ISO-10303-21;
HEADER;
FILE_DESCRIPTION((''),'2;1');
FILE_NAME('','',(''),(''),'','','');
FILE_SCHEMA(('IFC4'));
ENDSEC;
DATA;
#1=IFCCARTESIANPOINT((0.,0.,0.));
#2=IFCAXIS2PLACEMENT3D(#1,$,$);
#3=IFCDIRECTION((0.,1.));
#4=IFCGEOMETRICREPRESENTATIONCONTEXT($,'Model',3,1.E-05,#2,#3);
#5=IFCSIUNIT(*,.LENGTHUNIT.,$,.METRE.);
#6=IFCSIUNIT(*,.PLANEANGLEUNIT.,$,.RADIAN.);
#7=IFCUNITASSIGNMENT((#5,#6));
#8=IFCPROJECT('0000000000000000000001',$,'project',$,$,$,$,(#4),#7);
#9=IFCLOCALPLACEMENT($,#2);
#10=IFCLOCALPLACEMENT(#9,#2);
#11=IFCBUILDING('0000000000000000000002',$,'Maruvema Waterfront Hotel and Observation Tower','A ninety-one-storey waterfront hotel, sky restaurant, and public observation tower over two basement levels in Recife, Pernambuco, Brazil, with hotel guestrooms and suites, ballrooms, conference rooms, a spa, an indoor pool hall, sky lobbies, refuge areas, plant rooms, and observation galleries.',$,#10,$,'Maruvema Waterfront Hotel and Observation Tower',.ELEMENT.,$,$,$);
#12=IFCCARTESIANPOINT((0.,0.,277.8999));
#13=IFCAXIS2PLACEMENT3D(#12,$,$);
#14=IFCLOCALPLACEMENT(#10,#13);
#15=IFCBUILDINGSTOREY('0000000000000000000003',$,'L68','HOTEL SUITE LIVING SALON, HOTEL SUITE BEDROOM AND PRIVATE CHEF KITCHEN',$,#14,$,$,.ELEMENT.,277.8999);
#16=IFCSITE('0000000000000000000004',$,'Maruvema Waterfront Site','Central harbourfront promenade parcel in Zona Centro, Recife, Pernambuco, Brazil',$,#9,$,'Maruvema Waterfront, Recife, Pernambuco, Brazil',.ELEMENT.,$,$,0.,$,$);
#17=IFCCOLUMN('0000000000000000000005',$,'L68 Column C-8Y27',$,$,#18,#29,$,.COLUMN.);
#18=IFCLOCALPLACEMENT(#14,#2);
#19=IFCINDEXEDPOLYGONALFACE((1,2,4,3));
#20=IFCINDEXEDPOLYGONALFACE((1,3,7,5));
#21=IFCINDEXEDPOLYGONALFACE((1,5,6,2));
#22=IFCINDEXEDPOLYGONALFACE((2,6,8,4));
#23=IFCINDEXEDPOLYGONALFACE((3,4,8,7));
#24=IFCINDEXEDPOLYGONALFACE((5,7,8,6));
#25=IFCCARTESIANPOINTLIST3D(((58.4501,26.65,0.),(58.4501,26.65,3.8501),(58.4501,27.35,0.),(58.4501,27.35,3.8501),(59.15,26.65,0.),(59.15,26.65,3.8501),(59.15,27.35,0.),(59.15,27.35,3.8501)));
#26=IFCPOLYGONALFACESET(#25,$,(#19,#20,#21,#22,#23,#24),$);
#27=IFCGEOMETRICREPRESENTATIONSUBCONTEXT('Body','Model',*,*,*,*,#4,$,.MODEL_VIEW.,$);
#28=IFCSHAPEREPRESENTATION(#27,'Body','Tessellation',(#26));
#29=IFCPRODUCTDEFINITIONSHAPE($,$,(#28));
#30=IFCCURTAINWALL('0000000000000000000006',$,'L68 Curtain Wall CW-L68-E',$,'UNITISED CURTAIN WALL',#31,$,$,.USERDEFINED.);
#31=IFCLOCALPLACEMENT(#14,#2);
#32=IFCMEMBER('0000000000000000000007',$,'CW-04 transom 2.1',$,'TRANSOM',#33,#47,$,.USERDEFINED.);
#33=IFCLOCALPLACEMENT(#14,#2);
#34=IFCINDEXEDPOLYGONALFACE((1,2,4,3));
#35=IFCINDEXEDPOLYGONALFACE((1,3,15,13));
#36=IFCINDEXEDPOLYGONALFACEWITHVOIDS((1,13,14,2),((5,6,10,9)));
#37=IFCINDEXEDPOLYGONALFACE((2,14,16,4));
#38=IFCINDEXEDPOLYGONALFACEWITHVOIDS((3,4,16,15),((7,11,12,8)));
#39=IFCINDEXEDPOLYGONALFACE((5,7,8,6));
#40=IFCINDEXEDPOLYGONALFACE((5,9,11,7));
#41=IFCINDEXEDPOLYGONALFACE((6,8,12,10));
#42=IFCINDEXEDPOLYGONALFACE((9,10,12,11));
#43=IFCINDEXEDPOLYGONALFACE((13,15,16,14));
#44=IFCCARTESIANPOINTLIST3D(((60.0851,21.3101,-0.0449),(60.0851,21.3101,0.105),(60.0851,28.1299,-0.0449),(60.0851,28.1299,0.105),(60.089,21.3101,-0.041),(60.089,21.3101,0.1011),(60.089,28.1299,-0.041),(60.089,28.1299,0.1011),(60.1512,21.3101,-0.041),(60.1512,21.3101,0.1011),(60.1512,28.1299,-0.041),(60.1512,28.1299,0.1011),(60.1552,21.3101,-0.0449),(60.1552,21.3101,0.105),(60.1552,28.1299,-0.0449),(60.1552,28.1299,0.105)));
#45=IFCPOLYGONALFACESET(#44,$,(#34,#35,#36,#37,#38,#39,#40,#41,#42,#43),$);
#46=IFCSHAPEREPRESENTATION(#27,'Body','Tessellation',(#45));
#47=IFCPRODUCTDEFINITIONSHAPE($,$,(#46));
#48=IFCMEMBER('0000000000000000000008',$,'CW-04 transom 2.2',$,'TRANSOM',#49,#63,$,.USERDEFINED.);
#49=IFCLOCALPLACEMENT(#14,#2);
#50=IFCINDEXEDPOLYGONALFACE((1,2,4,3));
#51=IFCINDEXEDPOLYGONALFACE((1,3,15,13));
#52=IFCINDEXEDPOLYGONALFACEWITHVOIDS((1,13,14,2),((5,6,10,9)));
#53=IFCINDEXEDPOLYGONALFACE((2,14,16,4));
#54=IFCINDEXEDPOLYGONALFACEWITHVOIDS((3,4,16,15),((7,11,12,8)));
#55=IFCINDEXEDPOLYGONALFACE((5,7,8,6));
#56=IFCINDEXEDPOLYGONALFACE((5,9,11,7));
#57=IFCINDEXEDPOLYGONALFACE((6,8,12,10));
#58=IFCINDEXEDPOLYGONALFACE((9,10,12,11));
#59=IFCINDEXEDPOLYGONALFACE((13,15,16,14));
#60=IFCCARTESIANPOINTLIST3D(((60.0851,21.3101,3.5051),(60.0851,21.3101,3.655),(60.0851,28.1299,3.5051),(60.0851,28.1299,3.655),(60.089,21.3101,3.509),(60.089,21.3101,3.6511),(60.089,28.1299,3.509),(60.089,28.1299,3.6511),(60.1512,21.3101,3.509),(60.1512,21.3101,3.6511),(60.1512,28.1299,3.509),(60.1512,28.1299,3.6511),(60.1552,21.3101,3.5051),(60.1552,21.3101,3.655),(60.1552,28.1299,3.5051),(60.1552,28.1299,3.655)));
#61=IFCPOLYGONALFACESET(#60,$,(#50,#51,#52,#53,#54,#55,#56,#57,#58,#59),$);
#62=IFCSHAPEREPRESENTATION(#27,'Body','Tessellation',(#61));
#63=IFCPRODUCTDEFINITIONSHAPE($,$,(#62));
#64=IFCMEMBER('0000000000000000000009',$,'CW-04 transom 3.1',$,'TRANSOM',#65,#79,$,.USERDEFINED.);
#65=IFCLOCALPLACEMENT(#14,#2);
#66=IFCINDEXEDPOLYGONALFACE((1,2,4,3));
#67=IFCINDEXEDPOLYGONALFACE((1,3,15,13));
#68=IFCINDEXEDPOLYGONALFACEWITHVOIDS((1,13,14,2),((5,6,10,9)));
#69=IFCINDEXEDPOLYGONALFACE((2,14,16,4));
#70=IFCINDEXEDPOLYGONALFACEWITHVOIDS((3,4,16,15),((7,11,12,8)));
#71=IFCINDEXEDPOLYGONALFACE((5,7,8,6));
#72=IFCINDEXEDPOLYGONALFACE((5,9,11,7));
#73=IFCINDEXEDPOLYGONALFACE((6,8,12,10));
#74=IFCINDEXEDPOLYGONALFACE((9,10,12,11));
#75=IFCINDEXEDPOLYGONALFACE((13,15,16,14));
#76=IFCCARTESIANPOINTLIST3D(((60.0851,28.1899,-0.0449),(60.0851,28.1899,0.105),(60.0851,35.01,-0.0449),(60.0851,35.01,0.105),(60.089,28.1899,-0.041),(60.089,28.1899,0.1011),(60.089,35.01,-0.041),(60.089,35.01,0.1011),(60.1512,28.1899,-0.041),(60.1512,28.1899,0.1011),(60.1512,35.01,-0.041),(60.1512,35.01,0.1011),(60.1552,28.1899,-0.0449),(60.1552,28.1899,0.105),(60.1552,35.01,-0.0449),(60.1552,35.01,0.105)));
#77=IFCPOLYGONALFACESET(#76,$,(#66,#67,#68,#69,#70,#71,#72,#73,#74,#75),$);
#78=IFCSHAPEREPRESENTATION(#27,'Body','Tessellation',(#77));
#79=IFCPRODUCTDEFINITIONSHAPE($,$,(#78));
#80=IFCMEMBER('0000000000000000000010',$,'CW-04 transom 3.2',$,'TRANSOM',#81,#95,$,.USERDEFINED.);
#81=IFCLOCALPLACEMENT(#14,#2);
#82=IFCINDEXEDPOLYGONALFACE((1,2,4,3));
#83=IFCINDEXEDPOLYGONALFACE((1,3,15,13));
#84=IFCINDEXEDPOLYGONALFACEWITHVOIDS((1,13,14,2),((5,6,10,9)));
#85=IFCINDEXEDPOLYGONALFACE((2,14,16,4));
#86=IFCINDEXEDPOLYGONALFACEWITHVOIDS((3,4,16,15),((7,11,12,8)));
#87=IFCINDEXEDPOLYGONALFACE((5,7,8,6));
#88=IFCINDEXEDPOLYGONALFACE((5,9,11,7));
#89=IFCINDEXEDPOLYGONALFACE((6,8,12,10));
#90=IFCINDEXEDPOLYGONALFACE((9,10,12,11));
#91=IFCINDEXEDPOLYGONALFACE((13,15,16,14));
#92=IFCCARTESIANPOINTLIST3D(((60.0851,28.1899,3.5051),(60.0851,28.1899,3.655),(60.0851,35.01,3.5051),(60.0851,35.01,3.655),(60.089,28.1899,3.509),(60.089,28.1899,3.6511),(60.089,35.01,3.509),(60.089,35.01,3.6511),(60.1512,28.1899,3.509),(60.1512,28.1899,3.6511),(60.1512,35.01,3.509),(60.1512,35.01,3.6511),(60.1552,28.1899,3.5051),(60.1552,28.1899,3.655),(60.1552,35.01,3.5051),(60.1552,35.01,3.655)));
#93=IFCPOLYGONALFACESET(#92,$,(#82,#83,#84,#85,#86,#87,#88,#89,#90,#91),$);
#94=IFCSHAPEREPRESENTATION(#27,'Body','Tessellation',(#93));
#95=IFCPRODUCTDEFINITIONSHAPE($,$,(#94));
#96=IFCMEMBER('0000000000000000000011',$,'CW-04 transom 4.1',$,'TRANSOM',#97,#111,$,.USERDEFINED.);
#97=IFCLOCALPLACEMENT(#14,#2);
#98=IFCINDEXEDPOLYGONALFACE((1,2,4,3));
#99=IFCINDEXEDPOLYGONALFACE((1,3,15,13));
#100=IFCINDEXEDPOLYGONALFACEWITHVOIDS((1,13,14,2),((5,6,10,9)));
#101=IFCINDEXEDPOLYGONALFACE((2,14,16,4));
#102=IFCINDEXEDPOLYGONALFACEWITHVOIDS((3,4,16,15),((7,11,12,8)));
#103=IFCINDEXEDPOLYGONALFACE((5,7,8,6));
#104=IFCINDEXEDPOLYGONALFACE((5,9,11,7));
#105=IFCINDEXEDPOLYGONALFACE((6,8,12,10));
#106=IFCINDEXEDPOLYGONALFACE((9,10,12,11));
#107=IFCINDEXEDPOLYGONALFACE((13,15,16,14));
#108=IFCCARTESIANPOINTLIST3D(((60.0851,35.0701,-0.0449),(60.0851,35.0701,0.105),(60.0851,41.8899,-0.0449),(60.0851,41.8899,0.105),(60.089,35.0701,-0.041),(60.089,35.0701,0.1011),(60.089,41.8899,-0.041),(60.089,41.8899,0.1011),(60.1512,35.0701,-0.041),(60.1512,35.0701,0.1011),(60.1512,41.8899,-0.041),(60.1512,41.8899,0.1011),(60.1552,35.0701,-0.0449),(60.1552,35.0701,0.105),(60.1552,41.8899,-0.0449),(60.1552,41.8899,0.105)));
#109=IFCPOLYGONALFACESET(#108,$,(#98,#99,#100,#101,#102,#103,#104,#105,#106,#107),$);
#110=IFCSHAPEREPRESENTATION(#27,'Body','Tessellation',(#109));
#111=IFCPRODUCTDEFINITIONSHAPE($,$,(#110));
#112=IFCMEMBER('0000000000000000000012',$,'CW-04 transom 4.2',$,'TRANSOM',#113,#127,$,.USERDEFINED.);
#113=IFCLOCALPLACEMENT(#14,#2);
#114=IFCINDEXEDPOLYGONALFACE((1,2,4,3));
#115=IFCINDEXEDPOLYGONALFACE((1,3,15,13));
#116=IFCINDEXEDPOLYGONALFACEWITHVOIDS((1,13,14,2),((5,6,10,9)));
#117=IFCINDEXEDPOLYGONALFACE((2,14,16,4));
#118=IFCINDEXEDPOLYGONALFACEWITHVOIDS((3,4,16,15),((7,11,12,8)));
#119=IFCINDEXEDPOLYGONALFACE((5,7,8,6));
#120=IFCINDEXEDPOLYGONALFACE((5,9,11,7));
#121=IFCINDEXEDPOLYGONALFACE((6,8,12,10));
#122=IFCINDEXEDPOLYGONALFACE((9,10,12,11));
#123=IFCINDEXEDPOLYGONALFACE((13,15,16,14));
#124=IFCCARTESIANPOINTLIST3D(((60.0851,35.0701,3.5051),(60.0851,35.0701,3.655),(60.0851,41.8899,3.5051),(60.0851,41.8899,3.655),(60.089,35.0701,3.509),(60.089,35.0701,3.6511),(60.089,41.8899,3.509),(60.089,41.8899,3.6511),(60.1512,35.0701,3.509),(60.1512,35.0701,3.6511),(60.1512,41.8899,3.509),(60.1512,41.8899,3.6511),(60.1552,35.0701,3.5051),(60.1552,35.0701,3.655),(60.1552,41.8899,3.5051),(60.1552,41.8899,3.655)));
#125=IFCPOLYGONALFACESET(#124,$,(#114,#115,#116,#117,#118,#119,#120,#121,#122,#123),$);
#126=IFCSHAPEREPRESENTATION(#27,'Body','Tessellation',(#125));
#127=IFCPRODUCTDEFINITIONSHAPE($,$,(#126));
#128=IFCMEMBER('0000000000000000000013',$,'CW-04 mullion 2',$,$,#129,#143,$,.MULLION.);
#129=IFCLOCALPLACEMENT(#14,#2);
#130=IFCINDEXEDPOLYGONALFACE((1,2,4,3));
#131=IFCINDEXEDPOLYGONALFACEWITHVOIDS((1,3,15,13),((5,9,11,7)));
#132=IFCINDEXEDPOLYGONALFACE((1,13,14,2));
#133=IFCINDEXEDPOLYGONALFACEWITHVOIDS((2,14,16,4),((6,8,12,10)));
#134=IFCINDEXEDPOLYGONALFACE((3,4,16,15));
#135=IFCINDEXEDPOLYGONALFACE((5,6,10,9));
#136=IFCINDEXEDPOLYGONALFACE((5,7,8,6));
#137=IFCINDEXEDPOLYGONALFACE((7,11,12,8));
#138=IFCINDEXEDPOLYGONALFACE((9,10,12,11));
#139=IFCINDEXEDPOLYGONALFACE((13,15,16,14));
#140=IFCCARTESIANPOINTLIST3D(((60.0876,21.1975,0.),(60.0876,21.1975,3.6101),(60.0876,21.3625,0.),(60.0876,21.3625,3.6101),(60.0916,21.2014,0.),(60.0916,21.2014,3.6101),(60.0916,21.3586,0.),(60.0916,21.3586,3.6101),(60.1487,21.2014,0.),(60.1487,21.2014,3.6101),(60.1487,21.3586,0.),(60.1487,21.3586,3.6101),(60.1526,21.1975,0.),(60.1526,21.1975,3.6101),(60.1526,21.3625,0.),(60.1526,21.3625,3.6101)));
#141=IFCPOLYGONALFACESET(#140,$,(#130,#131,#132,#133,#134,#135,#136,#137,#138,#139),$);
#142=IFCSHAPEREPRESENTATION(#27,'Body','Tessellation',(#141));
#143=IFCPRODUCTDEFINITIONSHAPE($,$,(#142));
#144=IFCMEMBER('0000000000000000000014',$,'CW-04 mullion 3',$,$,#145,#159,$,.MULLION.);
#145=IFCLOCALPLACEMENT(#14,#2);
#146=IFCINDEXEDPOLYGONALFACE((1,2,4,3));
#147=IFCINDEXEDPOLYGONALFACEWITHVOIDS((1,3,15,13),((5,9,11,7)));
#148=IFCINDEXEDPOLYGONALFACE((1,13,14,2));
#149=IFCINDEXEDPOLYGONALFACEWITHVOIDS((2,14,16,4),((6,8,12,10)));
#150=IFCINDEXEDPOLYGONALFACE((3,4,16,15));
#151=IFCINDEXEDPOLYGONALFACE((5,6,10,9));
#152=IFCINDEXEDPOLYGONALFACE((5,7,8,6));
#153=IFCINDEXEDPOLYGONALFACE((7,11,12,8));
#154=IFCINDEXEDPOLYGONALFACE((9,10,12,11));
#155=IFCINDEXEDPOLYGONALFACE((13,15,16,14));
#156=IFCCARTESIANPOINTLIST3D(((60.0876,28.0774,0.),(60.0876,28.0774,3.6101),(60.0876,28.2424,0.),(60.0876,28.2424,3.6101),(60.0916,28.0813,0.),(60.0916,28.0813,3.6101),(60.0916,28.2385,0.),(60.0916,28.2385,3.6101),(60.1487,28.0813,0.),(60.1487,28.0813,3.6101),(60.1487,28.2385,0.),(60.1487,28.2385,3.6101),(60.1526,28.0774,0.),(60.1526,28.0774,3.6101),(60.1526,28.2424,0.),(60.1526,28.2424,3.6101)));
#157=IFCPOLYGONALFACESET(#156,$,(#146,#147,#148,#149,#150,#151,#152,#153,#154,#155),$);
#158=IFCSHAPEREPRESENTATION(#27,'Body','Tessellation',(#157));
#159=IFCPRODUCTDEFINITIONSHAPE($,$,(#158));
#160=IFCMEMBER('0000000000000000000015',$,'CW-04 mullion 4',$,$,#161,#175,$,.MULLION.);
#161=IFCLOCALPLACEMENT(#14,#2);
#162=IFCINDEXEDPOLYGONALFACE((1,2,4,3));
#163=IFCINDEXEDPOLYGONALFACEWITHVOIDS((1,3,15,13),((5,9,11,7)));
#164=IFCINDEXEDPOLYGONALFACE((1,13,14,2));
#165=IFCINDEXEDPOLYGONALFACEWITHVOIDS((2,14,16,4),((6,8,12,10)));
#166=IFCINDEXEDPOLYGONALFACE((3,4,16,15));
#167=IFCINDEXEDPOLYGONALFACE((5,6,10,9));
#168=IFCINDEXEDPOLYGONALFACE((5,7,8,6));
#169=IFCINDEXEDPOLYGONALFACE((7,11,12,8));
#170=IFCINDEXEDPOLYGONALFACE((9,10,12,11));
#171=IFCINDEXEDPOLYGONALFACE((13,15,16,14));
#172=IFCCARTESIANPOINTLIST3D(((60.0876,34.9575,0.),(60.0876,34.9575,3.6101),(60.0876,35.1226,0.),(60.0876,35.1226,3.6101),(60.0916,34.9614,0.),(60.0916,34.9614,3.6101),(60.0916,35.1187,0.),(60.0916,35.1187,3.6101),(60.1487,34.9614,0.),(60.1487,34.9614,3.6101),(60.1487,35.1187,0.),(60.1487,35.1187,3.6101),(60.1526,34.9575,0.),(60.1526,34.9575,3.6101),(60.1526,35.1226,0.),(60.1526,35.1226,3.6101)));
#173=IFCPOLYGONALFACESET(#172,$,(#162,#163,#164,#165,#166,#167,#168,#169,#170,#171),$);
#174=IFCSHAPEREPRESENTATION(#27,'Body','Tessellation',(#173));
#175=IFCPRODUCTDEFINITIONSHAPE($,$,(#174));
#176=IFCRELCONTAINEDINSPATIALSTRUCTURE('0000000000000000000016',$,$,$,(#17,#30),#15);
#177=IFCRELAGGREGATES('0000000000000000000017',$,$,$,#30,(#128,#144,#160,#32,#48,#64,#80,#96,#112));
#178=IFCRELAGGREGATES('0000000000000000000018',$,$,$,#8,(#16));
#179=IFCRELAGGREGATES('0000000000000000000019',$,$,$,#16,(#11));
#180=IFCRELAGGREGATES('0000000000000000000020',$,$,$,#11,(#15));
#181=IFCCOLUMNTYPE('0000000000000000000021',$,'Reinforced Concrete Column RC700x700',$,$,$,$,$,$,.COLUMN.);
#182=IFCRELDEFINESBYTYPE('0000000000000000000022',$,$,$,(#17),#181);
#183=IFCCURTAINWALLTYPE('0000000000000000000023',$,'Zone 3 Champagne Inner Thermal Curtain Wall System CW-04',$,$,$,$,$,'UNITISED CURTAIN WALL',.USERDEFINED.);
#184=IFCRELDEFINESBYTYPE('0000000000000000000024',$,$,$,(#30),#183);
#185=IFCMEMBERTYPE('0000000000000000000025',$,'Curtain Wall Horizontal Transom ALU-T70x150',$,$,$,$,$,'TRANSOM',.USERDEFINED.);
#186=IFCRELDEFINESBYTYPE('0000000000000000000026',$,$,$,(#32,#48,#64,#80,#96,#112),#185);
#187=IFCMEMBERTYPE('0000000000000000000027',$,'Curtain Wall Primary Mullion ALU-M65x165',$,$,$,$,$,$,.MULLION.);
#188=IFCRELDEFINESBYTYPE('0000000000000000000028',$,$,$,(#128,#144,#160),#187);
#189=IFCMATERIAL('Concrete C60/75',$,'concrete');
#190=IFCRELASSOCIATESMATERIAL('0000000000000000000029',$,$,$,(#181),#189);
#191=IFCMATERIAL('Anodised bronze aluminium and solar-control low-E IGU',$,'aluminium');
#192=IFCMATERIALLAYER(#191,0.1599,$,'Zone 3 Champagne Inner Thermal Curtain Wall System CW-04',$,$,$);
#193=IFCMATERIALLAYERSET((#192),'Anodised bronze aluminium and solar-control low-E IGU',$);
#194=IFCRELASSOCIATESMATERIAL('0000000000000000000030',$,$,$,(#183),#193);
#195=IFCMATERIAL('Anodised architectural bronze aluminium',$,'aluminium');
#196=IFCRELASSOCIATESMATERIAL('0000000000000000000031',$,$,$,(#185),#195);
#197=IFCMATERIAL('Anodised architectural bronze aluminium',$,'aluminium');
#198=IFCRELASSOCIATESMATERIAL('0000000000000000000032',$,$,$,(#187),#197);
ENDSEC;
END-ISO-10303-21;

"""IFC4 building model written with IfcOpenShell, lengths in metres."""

from ifc_helpers import new_model, si_unit, direction, frame, origin, origin_2d, place, context, subcontext, project, spatial, rectangle, hollow_rectangle, extrude, material, layer, layer_set, material_profile, profile_set, type_object, element, aggregate, save


model = new_model("IFC4")

# Units and contexts
model_context = context("Model", 3, precision=1e-05, world=origin(), true_north=direction((0.0, 1.0)))
body_context = subcontext(model_context, "Body", "Model", "MODEL_VIEW")
ifc_project = project(units=[si_unit("LENGTHUNIT", "METRE"), si_unit("PLANEANGLEUNIT", "RADIAN")], contexts=[model_context])

# Site, building, storey
site_placement = place(None, origin())
site = spatial("IfcSite", under=ifc_project, at=site_placement, Name="Maruvema Waterfront Site", Description="Central harbourfront promenade parcel in Zona Centro, Recife, Pernambuco, Brazil", LongName="Maruvema Waterfront, Recife, Pernambuco, Brazil", CompositionType="ELEMENT", RefElevation=0.0)
building_placement = place(site_placement, origin())
building = spatial("IfcBuilding", under=site, at=building_placement, Name="Maruvema Waterfront Hotel and Observation Tower", Description="A ninety-one-storey waterfront hotel, sky restaurant, and public observation tower over two basement levels in Recife, Pernambuco, Brazil, with hotel guestrooms and suites, ballrooms, conference rooms, a spa, an indoor pool hall, sky lobbies, refuge areas, plant rooms, and observation galleries.", LongName="Maruvema Waterfront Hotel and Observation Tower", CompositionType="ELEMENT")
storey_placement = place(building_placement, frame((0.0, 0.0, 277.8999)))
storey = spatial("IfcBuildingStorey", under=building, at=storey_placement, Name="L68", Description="HOTEL SUITE LIVING SALON, HOTEL SUITE BEDROOM AND PRIVATE CHEF KITCHEN", CompositionType="ELEMENT", Elevation=277.8999)

# Column
ifc_material_1 = material(Name="Concrete C60/75", Category="concrete")
ifc_material_profile_1 = material_profile(ifc_material_1, rectangle(XDim=0.7, YDim=0.7, at=origin_2d()), Name="RC700x700")
ifc_profile_set_1 = profile_set([ifc_material_profile_1], Name="Concrete C60/75")
column_type = type_object("IfcColumnType", Name="Reinforced Concrete Column RC700x700", PredefinedType="COLUMN", material=ifc_profile_set_1)
column_placement = place(storey_placement, frame((58.8, 27.0, 0.0), z_axis=(0.0, 0.0, 1.0), x_axis=(1.0, 0.0, 0.0)))
element("IfcColumn", 1, at=column_placement, inside=storey, type_object=column_type, Name="L68 Column C-8Y27", PredefinedType="COLUMN", context=body_context, shape_type="SweptSolid", body=[
    extrude(rectangle(XDim=0.7, YDim=0.7, at=origin_2d()), origin(), (0.0, 0.0, 1.0), 3.8501),
])

# Curtain wall, members
ifc_material_2 = material(Name="Anodised bronze aluminium and solar-control low-E IGU", Category="aluminium")
ifc_layer_1 = layer(ifc_material_2, 0.1599, Name="Zone 3 Champagne Inner Thermal Curtain Wall System CW-04")
ifc_layer_set_1 = layer_set([ifc_layer_1], Name="Anodised bronze aluminium and solar-control low-E IGU")
curtain_wall_type = type_object("IfcCurtainWallType", Name="Zone 3 Champagne Inner Thermal Curtain Wall System CW-04", ElementType="UNITISED CURTAIN WALL", PredefinedType="USERDEFINED", material=ifc_layer_set_1)
curtain_wall_placement = place(storey_placement, origin())
curtain_wall = element("IfcCurtainWall", 2, at=curtain_wall_placement, inside=storey, type_object=curtain_wall_type, Name="L68 Curtain Wall CW-L68-E", ObjectType="UNITISED CURTAIN WALL", PredefinedType="USERDEFINED")
ifc_material_3 = material(Name="Anodised architectural bronze aluminium", Category="aluminium")
ifc_material_profile_2 = material_profile(ifc_material_3, hollow_rectangle(XDim=0.0701, YDim=0.1499, WallThickness=0.0039, at=origin_2d()), Name="ALU-T70x150")
ifc_profile_set_2 = profile_set([ifc_material_profile_2], Name="Anodised architectural bronze aluminium")
member_type_1 = type_object("IfcMemberType", Name="Curtain Wall Horizontal Transom ALU-T70x150", ElementType="TRANSOM", PredefinedType="USERDEFINED", material=ifc_profile_set_2)
member_1_placement = place(storey_placement, frame((60.1201, 21.3101, 0.03), z_axis=(0.0, 1.0, 0.0), x_axis=(-1.0, 0.0, 0.0)))
member_1 = element("IfcMember", 3, at=member_1_placement, type_object=member_type_1, Name="CW-04 transom 2.1", ObjectType="TRANSOM", PredefinedType="USERDEFINED", context=body_context, shape_type="SweptSolid", body=[
    extrude(hollow_rectangle(XDim=0.0701, YDim=0.1499, WallThickness=0.0039, at=origin_2d()), origin(), (0.0, 0.0, 1.0), 6.8198),
])
member_2_placement = place(storey_placement, frame((60.1201, 21.3101, 3.5801), z_axis=(0.0, 1.0, 0.0), x_axis=(-1.0, 0.0, 0.0)))
member_2 = element("IfcMember", 4, at=member_2_placement, type_object=member_type_1, Name="CW-04 transom 2.2", ObjectType="TRANSOM", PredefinedType="USERDEFINED", context=body_context, shape_type="SweptSolid", body=[
    extrude(hollow_rectangle(XDim=0.0701, YDim=0.1499, WallThickness=0.0039, at=origin_2d()), origin(), (0.0, 0.0, 1.0), 6.8198),
])
member_3_placement = place(storey_placement, frame((60.1201, 28.1899, 0.03), z_axis=(0.0, 1.0, 0.0), x_axis=(-1.0, 0.0, 0.0)))
member_3 = element("IfcMember", 5, at=member_3_placement, type_object=member_type_1, Name="CW-04 transom 3.1", ObjectType="TRANSOM", PredefinedType="USERDEFINED", context=body_context, shape_type="SweptSolid", body=[
    extrude(hollow_rectangle(XDim=0.0701, YDim=0.1499, WallThickness=0.0039, at=origin_2d()), origin(), (0.0, 0.0, 1.0), 6.8201),
])
member_4_placement = place(storey_placement, frame((60.1201, 28.1899, 3.5801), z_axis=(0.0, 1.0, 0.0), x_axis=(-1.0, 0.0, 0.0)))
member_4 = element("IfcMember", 6, at=member_4_placement, type_object=member_type_1, Name="CW-04 transom 3.2", ObjectType="TRANSOM", PredefinedType="USERDEFINED", context=body_context, shape_type="SweptSolid", body=[
    extrude(hollow_rectangle(XDim=0.0701, YDim=0.1499, WallThickness=0.0039, at=origin_2d()), origin(), (0.0, 0.0, 1.0), 6.8201),
])
member_5_placement = place(storey_placement, frame((60.1201, 35.0701, 0.03), z_axis=(0.0, 1.0, 0.0), x_axis=(-1.0, 0.0, 0.0)))
member_5 = element("IfcMember", 7, at=member_5_placement, type_object=member_type_1, Name="CW-04 transom 4.1", ObjectType="TRANSOM", PredefinedType="USERDEFINED", context=body_context, shape_type="SweptSolid", body=[
    extrude(hollow_rectangle(XDim=0.0701, YDim=0.1499, WallThickness=0.0039, at=origin_2d()), origin(), (0.0, 0.0, 1.0), 6.8198),
])
member_6_placement = place(storey_placement, frame((60.1201, 35.0701, 3.5801), z_axis=(0.0, 1.0, 0.0), x_axis=(-1.0, 0.0, 0.0)))
member_6 = element("IfcMember", 8, at=member_6_placement, type_object=member_type_1, Name="CW-04 transom 4.2", ObjectType="TRANSOM", PredefinedType="USERDEFINED", context=body_context, shape_type="SweptSolid", body=[
    extrude(hollow_rectangle(XDim=0.0701, YDim=0.1499, WallThickness=0.0039, at=origin_2d()), origin(), (0.0, 0.0, 1.0), 6.8198),
])
ifc_material_4 = material(Name="Anodised architectural bronze aluminium", Category="aluminium")
ifc_material_profile_3 = material_profile(ifc_material_4, hollow_rectangle(XDim=0.0649, YDim=0.165, WallThickness=0.0039, at=origin_2d()), Name="ALU-M65x165")
ifc_profile_set_3 = profile_set([ifc_material_profile_3], Name="Anodised architectural bronze aluminium")
member_type_2 = type_object("IfcMemberType", Name="Curtain Wall Primary Mullion ALU-M65x165", PredefinedType="MULLION", material=ifc_profile_set_3)
member_7_placement = place(storey_placement, frame((60.1201, 21.28, 0.0), z_axis=(0.0, 0.0, 1.0), x_axis=(-1.0, 0.0, 0.0)))
member_7 = element("IfcMember", 9, at=member_7_placement, type_object=member_type_2, Name="CW-04 mullion 2", PredefinedType="MULLION", context=body_context, shape_type="SweptSolid", body=[
    extrude(hollow_rectangle(XDim=0.0649, YDim=0.165, WallThickness=0.0039, at=origin_2d()), origin(), (0.0, 0.0, 1.0), 3.6101),
])
member_8_placement = place(storey_placement, frame((60.1201, 28.1599, 0.0), z_axis=(0.0, 0.0, 1.0), x_axis=(-1.0, 0.0, 0.0)))
member_8 = element("IfcMember", 10, at=member_8_placement, type_object=member_type_2, Name="CW-04 mullion 3", PredefinedType="MULLION", context=body_context, shape_type="SweptSolid", body=[
    extrude(hollow_rectangle(XDim=0.0649, YDim=0.165, WallThickness=0.0039, at=origin_2d()), origin(), (0.0, 0.0, 1.0), 3.6101),
])
member_9_placement = place(storey_placement, frame((60.1201, 35.04, 0.0), z_axis=(0.0, 0.0, 1.0), x_axis=(-1.0, 0.0, 0.0)))
member_9 = element("IfcMember", 11, at=member_9_placement, type_object=member_type_2, Name="CW-04 mullion 4", PredefinedType="MULLION", context=body_context, shape_type="SweptSolid", body=[
    extrude(hollow_rectangle(XDim=0.0649, YDim=0.165, WallThickness=0.0039, at=origin_2d()), origin(), (0.0, 0.0, 1.0), 3.6101),
])

aggregate(curtain_wall, [member_7, member_8, member_9, member_1, member_2, member_3, member_4, member_5, member_6])

save(model, "model.ifc")
